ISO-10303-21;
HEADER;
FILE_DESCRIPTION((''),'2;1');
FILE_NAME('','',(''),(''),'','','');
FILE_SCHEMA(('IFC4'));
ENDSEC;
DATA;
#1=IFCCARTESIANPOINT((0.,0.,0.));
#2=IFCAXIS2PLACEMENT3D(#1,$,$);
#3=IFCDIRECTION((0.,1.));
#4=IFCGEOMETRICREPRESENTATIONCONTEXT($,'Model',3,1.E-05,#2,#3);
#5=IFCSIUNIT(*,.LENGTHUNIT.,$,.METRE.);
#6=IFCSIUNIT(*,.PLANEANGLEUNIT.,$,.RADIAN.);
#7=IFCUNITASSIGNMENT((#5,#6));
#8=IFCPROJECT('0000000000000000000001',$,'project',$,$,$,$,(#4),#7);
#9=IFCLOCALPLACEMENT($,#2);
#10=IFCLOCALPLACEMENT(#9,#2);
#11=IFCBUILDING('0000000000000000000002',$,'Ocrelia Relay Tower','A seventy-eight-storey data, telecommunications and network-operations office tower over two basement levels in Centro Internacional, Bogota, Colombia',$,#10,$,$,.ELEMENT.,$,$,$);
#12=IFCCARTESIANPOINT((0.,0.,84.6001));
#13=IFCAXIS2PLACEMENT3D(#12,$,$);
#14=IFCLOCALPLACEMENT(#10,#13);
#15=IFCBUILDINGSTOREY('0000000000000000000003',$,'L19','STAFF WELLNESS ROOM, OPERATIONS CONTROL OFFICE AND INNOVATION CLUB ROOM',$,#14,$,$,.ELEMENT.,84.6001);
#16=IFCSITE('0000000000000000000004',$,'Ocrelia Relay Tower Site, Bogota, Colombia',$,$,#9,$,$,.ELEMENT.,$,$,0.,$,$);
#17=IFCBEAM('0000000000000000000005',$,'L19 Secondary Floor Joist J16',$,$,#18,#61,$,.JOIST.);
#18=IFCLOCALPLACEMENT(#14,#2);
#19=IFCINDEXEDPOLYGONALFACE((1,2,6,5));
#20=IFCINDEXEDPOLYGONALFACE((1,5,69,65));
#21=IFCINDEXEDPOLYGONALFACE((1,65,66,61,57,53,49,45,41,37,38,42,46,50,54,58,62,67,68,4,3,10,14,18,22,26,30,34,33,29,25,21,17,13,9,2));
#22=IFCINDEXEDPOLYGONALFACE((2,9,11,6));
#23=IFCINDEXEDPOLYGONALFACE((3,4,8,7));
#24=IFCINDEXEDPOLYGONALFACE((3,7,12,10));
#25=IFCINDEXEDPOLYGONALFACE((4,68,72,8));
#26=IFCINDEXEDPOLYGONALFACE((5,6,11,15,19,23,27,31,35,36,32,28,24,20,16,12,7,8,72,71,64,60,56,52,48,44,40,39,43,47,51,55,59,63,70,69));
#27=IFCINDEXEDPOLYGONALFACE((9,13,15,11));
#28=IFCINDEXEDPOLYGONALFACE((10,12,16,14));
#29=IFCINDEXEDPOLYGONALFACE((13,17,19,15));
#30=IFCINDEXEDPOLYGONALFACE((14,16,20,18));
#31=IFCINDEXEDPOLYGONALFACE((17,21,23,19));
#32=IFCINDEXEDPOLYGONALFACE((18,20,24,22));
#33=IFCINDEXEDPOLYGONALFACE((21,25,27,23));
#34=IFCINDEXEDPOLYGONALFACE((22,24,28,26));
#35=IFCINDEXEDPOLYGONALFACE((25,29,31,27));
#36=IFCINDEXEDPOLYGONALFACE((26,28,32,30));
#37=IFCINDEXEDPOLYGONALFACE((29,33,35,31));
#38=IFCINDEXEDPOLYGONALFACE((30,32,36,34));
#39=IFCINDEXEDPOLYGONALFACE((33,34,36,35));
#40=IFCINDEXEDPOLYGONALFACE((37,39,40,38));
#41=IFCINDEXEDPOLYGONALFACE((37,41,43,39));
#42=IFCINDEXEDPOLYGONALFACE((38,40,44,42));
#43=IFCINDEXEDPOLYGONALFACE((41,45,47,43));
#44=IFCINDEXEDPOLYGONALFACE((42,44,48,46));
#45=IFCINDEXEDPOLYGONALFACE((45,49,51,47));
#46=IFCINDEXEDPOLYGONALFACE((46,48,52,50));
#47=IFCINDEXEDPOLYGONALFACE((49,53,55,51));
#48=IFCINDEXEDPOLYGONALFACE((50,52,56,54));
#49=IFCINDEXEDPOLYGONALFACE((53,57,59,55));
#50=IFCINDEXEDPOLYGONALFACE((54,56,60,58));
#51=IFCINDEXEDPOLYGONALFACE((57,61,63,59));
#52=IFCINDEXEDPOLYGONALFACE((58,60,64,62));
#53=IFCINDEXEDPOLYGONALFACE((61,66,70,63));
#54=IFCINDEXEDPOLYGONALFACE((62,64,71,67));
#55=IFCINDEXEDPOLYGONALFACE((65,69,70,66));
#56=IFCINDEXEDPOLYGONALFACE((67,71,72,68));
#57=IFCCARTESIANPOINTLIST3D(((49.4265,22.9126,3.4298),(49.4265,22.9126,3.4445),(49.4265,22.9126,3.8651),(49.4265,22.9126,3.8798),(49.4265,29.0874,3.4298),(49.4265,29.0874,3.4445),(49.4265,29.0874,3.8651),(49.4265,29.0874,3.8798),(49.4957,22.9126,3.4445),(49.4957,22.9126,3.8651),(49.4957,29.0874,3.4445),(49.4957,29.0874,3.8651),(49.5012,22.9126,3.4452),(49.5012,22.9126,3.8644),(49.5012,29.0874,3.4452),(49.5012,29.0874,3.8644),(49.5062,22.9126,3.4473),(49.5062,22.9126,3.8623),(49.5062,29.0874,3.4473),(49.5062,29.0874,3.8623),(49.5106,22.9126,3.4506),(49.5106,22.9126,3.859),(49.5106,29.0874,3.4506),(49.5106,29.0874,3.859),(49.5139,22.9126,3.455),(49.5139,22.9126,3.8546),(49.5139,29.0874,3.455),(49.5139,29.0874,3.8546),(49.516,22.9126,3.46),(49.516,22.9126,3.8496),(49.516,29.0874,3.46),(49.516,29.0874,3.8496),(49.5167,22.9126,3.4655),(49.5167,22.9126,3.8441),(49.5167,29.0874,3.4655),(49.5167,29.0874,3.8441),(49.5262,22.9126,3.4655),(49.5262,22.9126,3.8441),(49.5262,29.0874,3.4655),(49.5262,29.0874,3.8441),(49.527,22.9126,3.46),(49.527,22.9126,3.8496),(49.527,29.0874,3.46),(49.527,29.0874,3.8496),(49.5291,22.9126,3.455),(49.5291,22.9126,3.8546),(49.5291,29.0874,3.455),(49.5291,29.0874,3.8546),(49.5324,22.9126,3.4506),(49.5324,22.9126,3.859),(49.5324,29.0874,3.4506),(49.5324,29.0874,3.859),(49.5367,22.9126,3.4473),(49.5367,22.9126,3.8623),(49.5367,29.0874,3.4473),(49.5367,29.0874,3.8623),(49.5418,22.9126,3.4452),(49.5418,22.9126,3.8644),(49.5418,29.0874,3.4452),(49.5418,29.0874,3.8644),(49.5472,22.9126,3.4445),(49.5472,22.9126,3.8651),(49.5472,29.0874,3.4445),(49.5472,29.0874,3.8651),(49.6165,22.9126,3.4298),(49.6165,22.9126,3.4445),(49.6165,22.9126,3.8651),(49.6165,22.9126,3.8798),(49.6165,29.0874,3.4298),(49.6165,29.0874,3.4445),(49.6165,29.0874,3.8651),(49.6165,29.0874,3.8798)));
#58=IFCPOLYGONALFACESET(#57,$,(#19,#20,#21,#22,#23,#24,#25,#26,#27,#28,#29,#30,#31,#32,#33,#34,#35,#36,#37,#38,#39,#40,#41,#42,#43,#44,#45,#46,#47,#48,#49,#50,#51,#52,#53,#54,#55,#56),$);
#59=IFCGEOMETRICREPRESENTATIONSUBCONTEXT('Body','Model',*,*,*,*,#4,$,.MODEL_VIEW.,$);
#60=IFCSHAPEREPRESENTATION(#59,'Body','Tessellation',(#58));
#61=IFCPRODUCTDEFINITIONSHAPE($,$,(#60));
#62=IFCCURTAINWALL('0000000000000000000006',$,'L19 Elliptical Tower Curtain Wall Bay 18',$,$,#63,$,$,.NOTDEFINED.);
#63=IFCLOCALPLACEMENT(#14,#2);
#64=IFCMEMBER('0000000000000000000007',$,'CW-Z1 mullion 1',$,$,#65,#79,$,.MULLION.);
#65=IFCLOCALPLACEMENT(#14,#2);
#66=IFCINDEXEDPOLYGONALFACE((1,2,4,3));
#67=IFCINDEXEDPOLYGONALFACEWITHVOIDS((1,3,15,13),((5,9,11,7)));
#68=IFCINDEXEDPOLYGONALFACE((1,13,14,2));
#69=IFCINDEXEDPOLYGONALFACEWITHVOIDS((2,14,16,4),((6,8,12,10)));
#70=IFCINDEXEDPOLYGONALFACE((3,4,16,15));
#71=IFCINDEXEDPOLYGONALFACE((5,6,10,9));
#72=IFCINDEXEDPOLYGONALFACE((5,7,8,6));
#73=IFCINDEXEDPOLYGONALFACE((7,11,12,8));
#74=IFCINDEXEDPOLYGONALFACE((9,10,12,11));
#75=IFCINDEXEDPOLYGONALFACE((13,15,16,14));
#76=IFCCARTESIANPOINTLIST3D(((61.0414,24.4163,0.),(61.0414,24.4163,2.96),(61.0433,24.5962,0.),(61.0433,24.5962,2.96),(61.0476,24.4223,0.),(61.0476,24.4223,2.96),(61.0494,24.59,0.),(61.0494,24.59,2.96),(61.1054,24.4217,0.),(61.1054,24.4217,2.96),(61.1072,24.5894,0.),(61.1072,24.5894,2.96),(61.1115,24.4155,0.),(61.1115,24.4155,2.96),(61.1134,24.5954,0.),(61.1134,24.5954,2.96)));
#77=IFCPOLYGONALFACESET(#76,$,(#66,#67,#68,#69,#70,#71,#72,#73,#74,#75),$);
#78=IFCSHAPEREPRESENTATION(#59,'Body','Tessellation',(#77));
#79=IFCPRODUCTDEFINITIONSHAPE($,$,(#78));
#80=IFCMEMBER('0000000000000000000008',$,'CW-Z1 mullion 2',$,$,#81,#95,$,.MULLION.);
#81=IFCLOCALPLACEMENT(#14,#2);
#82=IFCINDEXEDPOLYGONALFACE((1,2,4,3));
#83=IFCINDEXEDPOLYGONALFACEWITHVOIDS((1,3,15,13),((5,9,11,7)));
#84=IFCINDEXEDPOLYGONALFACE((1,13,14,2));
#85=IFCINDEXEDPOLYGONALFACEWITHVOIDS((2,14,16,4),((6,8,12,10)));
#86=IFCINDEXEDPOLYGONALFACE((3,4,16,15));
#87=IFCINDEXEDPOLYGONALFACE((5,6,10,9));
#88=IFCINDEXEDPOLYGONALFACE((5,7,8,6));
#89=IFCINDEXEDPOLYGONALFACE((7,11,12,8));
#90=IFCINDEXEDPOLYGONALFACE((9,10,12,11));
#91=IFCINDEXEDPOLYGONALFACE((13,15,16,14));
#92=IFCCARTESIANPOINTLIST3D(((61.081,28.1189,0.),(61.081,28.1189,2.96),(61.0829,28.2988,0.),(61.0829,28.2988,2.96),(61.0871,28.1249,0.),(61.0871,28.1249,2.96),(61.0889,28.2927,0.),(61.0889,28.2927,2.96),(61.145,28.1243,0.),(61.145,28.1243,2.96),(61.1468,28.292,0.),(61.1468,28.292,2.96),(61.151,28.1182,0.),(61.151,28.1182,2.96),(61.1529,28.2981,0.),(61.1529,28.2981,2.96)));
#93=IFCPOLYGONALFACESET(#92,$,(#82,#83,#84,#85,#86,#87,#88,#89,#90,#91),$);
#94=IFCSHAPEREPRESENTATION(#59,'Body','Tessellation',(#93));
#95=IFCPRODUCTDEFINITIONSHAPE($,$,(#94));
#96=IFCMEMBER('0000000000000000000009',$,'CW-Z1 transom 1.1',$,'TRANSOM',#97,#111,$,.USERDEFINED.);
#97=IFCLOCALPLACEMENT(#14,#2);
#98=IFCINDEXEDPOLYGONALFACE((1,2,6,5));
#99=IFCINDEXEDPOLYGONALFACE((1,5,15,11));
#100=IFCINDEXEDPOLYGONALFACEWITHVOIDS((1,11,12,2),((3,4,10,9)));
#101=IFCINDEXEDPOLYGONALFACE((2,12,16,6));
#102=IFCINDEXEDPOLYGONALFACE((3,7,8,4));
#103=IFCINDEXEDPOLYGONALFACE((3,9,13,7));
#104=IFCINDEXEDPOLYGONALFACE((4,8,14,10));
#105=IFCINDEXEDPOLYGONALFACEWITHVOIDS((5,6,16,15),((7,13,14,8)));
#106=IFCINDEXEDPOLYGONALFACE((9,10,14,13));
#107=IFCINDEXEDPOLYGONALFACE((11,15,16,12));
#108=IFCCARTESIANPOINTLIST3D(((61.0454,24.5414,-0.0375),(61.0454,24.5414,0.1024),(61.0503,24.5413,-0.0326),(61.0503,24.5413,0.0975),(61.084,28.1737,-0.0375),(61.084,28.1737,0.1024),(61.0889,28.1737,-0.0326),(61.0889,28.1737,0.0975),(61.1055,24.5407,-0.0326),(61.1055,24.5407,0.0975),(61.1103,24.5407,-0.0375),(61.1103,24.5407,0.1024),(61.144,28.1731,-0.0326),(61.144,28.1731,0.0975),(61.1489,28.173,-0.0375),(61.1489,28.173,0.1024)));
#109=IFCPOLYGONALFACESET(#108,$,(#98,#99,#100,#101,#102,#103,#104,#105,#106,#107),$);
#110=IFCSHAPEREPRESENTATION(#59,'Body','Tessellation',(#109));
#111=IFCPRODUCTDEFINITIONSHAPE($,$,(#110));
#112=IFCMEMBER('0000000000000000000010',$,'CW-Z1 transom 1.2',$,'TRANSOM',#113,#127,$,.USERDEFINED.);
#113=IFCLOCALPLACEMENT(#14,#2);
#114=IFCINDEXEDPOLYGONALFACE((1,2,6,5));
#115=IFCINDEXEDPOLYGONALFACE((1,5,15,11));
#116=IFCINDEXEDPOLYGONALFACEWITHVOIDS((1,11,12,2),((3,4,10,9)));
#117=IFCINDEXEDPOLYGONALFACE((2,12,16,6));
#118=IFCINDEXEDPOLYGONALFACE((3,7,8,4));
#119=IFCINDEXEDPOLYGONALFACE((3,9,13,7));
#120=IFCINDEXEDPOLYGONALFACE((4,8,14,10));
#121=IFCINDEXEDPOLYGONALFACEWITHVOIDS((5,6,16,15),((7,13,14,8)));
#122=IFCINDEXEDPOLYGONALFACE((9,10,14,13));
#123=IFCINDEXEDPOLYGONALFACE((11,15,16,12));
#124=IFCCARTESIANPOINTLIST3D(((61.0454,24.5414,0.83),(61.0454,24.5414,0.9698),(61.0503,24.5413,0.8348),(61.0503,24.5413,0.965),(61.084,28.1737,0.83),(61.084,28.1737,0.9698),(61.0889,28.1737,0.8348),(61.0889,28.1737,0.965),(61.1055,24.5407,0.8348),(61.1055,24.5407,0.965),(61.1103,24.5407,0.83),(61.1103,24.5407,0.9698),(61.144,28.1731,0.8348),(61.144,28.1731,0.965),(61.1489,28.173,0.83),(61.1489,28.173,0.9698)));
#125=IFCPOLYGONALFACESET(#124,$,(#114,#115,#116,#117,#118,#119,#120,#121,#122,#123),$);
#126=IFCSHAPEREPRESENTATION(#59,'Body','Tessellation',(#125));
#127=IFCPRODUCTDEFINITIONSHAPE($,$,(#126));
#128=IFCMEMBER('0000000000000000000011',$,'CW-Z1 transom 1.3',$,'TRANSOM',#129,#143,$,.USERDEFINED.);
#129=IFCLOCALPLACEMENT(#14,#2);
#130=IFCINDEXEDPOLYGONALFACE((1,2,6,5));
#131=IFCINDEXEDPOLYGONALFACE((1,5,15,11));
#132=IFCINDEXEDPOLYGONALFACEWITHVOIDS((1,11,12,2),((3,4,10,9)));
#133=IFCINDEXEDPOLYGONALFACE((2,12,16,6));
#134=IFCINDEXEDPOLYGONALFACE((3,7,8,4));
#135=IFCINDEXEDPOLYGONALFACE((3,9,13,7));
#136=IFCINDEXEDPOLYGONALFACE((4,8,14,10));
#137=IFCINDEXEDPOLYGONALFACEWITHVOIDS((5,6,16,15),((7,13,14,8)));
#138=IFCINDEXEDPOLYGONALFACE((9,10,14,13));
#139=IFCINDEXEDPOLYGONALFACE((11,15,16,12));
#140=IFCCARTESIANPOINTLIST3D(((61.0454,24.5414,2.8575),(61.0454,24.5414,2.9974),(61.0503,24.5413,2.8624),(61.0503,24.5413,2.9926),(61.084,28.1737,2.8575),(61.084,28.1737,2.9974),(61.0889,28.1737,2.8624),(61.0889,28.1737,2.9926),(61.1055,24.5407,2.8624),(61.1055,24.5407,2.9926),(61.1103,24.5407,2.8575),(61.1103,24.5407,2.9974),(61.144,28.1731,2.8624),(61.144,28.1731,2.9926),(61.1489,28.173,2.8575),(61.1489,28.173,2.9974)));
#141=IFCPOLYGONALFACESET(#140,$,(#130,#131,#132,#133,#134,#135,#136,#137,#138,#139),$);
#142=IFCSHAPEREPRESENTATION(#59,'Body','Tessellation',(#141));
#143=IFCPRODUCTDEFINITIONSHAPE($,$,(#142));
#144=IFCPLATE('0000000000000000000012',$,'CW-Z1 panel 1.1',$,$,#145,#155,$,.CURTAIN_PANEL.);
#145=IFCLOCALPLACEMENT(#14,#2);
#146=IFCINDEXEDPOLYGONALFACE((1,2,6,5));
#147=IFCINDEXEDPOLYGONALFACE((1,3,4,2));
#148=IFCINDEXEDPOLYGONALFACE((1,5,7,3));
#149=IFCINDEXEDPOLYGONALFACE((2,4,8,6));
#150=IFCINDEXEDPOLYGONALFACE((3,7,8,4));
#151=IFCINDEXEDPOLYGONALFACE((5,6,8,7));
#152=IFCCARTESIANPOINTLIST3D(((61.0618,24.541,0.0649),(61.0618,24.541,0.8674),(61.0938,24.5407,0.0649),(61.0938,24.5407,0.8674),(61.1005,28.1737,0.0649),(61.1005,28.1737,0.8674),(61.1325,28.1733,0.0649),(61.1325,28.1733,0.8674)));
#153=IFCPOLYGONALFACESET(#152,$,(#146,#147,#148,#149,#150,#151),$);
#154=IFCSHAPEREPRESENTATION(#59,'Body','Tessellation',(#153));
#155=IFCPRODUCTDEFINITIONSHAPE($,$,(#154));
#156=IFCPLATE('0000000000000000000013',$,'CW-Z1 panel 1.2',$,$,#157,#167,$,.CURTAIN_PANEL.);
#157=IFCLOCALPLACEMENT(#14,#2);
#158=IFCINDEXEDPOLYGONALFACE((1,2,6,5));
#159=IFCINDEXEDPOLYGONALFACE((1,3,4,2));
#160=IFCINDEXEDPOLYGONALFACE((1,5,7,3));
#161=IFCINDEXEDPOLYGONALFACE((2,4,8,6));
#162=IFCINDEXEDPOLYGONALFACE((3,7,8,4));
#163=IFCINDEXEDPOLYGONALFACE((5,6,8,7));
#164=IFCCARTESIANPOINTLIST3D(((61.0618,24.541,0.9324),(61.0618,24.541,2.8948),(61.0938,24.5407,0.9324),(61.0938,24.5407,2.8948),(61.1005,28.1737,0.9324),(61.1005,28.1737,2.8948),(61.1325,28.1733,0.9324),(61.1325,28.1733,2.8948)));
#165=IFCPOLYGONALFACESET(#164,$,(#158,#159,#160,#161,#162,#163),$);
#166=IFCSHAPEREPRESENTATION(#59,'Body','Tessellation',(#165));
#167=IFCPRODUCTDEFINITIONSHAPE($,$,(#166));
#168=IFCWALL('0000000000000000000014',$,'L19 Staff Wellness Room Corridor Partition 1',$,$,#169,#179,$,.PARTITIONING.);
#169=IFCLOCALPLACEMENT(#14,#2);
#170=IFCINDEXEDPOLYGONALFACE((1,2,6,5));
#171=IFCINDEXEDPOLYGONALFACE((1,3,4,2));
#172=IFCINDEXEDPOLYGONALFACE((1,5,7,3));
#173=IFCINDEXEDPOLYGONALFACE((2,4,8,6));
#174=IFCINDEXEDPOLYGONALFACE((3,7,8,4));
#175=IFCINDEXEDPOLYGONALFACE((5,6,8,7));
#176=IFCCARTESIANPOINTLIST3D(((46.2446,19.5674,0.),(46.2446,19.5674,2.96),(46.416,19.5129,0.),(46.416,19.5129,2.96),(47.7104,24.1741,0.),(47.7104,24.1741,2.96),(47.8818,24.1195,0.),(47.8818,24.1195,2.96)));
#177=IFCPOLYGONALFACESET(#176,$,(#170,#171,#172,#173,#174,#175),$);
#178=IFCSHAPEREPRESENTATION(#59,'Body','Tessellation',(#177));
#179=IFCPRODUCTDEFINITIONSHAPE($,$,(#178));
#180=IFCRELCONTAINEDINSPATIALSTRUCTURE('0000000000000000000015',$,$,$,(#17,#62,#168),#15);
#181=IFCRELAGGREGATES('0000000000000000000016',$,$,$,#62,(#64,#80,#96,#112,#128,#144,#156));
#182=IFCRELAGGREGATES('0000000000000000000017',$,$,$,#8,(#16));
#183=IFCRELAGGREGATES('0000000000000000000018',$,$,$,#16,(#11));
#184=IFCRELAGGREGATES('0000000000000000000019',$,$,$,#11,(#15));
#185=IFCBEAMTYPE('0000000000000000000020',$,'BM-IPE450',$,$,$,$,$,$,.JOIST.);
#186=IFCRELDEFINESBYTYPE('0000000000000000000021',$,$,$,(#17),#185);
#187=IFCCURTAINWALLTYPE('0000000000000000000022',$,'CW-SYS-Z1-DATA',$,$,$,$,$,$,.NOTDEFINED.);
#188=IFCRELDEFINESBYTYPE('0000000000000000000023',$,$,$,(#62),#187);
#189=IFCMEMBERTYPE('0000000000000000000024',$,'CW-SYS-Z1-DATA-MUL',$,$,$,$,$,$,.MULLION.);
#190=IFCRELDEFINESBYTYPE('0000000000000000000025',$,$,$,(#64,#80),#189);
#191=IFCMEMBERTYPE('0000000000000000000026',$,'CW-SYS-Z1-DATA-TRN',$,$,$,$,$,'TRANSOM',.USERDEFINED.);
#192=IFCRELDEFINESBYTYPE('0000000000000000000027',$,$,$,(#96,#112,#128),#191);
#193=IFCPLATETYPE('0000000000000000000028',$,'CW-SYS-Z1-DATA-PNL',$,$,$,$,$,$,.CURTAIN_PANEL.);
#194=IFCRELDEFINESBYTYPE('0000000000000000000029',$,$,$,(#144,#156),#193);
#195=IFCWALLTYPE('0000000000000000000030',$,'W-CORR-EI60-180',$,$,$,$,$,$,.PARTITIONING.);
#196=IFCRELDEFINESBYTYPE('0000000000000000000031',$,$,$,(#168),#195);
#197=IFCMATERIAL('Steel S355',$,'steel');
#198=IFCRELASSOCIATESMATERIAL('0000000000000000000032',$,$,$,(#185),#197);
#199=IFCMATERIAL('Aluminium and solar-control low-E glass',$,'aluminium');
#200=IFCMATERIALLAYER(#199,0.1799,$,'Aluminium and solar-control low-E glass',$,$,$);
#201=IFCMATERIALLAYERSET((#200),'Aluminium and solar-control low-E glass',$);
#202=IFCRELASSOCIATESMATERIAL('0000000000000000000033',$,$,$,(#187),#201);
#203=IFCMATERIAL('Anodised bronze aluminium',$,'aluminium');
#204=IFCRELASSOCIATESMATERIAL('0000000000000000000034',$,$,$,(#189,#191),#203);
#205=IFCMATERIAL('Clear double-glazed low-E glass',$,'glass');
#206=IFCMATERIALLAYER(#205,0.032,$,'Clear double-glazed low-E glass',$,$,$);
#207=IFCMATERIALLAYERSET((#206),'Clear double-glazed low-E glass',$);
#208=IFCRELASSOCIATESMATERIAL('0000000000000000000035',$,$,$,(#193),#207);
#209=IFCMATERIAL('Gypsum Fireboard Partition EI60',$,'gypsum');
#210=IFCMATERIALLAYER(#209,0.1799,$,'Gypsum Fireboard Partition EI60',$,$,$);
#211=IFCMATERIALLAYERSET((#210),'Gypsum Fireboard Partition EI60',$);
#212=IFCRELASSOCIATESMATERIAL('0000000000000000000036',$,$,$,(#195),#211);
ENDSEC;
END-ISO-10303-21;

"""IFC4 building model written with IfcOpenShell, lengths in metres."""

from ifc_helpers import new_model, si_unit, direction, frame, frame_2d, origin, origin_2d, place, context, subcontext, project, spatial, rectangle, hollow_rectangle, i_section, extrude, material, layer, layer_set, material_profile, profile_set, type_object, element, aggregate, save


model = new_model("IFC4")

# Units and contexts
model_context = context("Model", 3, precision=1e-05, world=origin(), true_north=direction((0.0, 1.0)))
body_context = subcontext(model_context, "Body", "Model", "MODEL_VIEW")
ifc_project = project(units=[si_unit("LENGTHUNIT", "METRE"), si_unit("PLANEANGLEUNIT", "RADIAN")], contexts=[model_context])

# Site, building, storey
site_placement = place(None, origin())
site = spatial("IfcSite", under=ifc_project, at=site_placement, Name="Ocrelia Relay Tower Site, Bogota, Colombia", CompositionType="ELEMENT", RefElevation=0.0)
building_placement = place(site_placement, origin())
building = spatial("IfcBuilding", under=site, at=building_placement, Name="Ocrelia Relay Tower", Description="A seventy-eight-storey data, telecommunications and network-operations office tower over two basement levels in Centro Internacional, Bogota, Colombia", CompositionType="ELEMENT")
storey_placement = place(building_placement, frame((0.0, 0.0, 84.6001)))
storey = spatial("IfcBuildingStorey", under=building, at=storey_placement, Name="L19", Description="STAFF WELLNESS ROOM, OPERATIONS CONTROL OFFICE AND INNOVATION CLUB ROOM", CompositionType="ELEMENT", Elevation=84.6001)

# Beam
ifc_material_1 = material(Name="Steel S355", Category="steel")
ifc_material_profile_1 = material_profile(ifc_material_1, i_section(OverallWidth=0.1899, OverallDepth=0.45, WebThickness=0.0095, FlangeThickness=0.0146, FilletRadius=0.021, at=origin_2d()), Name="IPE 450")
ifc_profile_set_1 = profile_set([ifc_material_profile_1], Name="Steel S355")
beam_type_1 = type_object("IfcBeamType", Name="BM-IPE450", PredefinedType="JOIST", material=ifc_profile_set_1)
beam_1_placement = place(storey_placement, frame((49.5215, 22.9126, 3.6548), z_axis=(0.0, 1.0, 0.0), x_axis=(-1.0, 0.0, 0.0)))
element("IfcBeam", 1, at=beam_1_placement, inside=storey, type_object=beam_type_1, Name="L19 Secondary Floor Joist J16", PredefinedType="JOIST", context=body_context, shape_type="SweptSolid", body=[
    extrude(i_section(OverallWidth=0.1899, OverallDepth=0.45, WebThickness=0.0095, FlangeThickness=0.0146, FilletRadius=0.021, at=origin_2d()), origin(), (0.0, 0.0, 1.0), 6.1748),
])

# Curtain wall, members, plates
ifc_material_2 = material(Name="Aluminium and solar-control low-E glass", Category="aluminium")
ifc_layer_1 = layer(ifc_material_2, 0.1799, Name="Aluminium and solar-control low-E glass")
ifc_layer_set_1 = layer_set([ifc_layer_1], Name="Aluminium and solar-control low-E glass")
curtain_wall_type = type_object("IfcCurtainWallType", Name="CW-SYS-Z1-DATA", PredefinedType="NOTDEFINED", material=ifc_layer_set_1)
curtain_wall_placement = place(storey_placement, origin())
curtain_wall = element("IfcCurtainWall", 2, at=curtain_wall_placement, inside=storey, type_object=curtain_wall_type, Name="L19 Elliptical Tower Curtain Wall Bay 18", PredefinedType="NOTDEFINED")
ifc_material_3 = material(Name="Anodised bronze aluminium", Category="aluminium")
ifc_material_profile_2 = material_profile(ifc_material_3, hollow_rectangle(XDim=0.0701, YDim=0.1799, WallThickness=0.0061, at=origin_2d()), Name="CW-MUL-180x70")
ifc_profile_set_2 = profile_set([ifc_material_profile_2], Name="Anodised bronze aluminium")
member_type_1 = type_object("IfcMemberType", Name="CW-SYS-Z1-DATA-MUL", PredefinedType="MULLION", material=ifc_profile_set_2)
member_1_placement = place(storey_placement, frame((61.0774, 24.5059, 0.0), z_axis=(0.0, 0.0, 1.0), x_axis=(-0.999943, 0.010648, 0.0)))
member_1 = element("IfcMember", 3, at=member_1_placement, type_object=member_type_1, Name="CW-Z1 mullion 1", PredefinedType="MULLION", context=body_context, shape_type="SweptSolid", body=[
    extrude(hollow_rectangle(XDim=0.0701, YDim=0.1799, WallThickness=0.0061, at=origin_2d()), origin(), (0.0, 0.0, 1.0), 2.96),
])
member_2_placement = place(storey_placement, frame((61.1169, 28.2085, 0.0), z_axis=(0.0, 0.0, 1.0), x_axis=(-0.999943, 0.010648, 0.0)))
member_2 = element("IfcMember", 4, at=member_2_placement, type_object=member_type_1, Name="CW-Z1 mullion 2", PredefinedType="MULLION", context=body_context, shape_type="SweptSolid", body=[
    extrude(hollow_rectangle(XDim=0.0701, YDim=0.1799, WallThickness=0.0061, at=origin_2d()), origin(), (0.0, 0.0, 1.0), 2.96),
])
ifc_material_profile_3 = material_profile(ifc_material_3, hollow_rectangle(XDim=0.0649, YDim=0.1399, WallThickness=0.0049, at=origin_2d()), Name="CW-TRN-140x65")
ifc_profile_set_3 = profile_set([ifc_material_profile_3], Name="Anodised bronze aluminium")
member_type_2 = type_object("IfcMemberType", Name="CW-SYS-Z1-DATA-TRN", ElementType="TRANSOM", PredefinedType="USERDEFINED", material=ifc_profile_set_3)
member_3_placement = place(storey_placement, frame((61.0779, 24.541, 0.0325), z_axis=(0.010619, 0.999944, 0.0), x_axis=(-0.999944, 0.010619, 0.0)))
member_3 = element("IfcMember", 5, at=member_3_placement, type_object=member_type_2, Name="CW-Z1 transom 1.1", ObjectType="TRANSOM", PredefinedType="USERDEFINED", context=body_context, shape_type="SweptSolid", body=[
    extrude(hollow_rectangle(XDim=0.0649, YDim=0.1399, WallThickness=0.0049, at=origin_2d()), origin(), (0.0, 0.0, 1.0), 3.6326),
])
member_4_placement = place(storey_placement, frame((61.0779, 24.541, 0.8999), z_axis=(0.010619, 0.999944, 0.0), x_axis=(-0.999944, 0.010619, 0.0)))
member_4 = element("IfcMember", 6, at=member_4_placement, type_object=member_type_2, Name="CW-Z1 transom 1.2", ObjectType="TRANSOM", PredefinedType="USERDEFINED", context=body_context, shape_type="SweptSolid", body=[
    extrude(hollow_rectangle(XDim=0.0649, YDim=0.1399, WallThickness=0.0049, at=origin_2d()), origin(), (0.0, 0.0, 1.0), 3.6326),
])
member_5_placement = place(storey_placement, frame((61.0779, 24.541, 2.9275), z_axis=(0.010619, 0.999944, 0.0), x_axis=(-0.999944, 0.010619, 0.0)))
member_5 = element("IfcMember", 7, at=member_5_placement, type_object=member_type_2, Name="CW-Z1 transom 1.3", ObjectType="TRANSOM", PredefinedType="USERDEFINED", context=body_context, shape_type="SweptSolid", body=[
    extrude(hollow_rectangle(XDim=0.0649, YDim=0.1399, WallThickness=0.0049, at=origin_2d()), origin(), (0.0, 0.0, 1.0), 3.6326),
])
ifc_material_4 = material(Name="Clear double-glazed low-E glass", Category="glass")
ifc_layer_2 = layer(ifc_material_4, 0.032, Name="Clear double-glazed low-E glass")
ifc_layer_set_2 = layer_set([ifc_layer_2], Name="Clear double-glazed low-E glass")
plate_type = type_object("IfcPlateType", Name="CW-SYS-Z1-DATA-PNL", PredefinedType="CURTAIN_PANEL", material=ifc_layer_set_2)
plate_1_placement = place(storey_placement, frame((61.0972, 26.3572, 0.0649), z_axis=(0.0, 0.0, 1.0), x_axis=(0.010648, 0.999943, 0.0)))
plate_1 = element("IfcPlate", 8, at=plate_1_placement, type_object=plate_type, Name="CW-Z1 panel 1.1", PredefinedType="CURTAIN_PANEL", context=body_context, shape_type="SweptSolid", body=[
    extrude(rectangle(XDim=3.6328, YDim=0.032, at=origin_2d()), origin(), (0.0, 0.0, 1.0), 0.8025),
])
plate_2_placement = place(storey_placement, frame((61.0972, 26.3572, 0.9324), z_axis=(0.0, 0.0, 1.0), x_axis=(0.010648, 0.999943, 0.0)))
plate_2 = element("IfcPlate", 9, at=plate_2_placement, type_object=plate_type, Name="CW-Z1 panel 1.2", PredefinedType="CURTAIN_PANEL", context=body_context, shape_type="SweptSolid", body=[
    extrude(rectangle(XDim=3.6328, YDim=0.032, at=origin_2d()), origin(), (0.0, 0.0, 1.0), 1.9624),
])
aggregate(curtain_wall, [member_1, member_2, member_3, member_4, member_5, plate_1, plate_2])

# Wall
ifc_material_5 = material(Name="Gypsum Fireboard Partition EI60", Category="gypsum")
ifc_layer_3 = layer(ifc_material_5, 0.1799, Name="Gypsum Fireboard Partition EI60")
ifc_layer_set_3 = layer_set([ifc_layer_3], Name="Gypsum Fireboard Partition EI60")
wall_type_1 = type_object("IfcWallType", Name="W-CORR-EI60-180", PredefinedType="PARTITIONING", material=ifc_layer_set_3)
wall_1_placement = place(storey_placement, frame((46.3303, 19.5403, 0.0), z_axis=(0.0, 0.0, 1.0), x_axis=(0.303214, 0.952922, 0.0)))
element("IfcWall", 10, at=wall_1_placement, inside=storey, type_object=wall_type_1, Name="L19 Staff Wellness Room Corridor Partition 1", PredefinedType="PARTITIONING", context=body_context, shape_type="SweptSolid", body=[
    extrude(rectangle(XDim=4.8342, YDim=0.1799, at=frame_2d((2.417, 0.0))), origin(), (0.0, 0.0, 1.0), 2.96),
])

save(model, "model.ifc")
